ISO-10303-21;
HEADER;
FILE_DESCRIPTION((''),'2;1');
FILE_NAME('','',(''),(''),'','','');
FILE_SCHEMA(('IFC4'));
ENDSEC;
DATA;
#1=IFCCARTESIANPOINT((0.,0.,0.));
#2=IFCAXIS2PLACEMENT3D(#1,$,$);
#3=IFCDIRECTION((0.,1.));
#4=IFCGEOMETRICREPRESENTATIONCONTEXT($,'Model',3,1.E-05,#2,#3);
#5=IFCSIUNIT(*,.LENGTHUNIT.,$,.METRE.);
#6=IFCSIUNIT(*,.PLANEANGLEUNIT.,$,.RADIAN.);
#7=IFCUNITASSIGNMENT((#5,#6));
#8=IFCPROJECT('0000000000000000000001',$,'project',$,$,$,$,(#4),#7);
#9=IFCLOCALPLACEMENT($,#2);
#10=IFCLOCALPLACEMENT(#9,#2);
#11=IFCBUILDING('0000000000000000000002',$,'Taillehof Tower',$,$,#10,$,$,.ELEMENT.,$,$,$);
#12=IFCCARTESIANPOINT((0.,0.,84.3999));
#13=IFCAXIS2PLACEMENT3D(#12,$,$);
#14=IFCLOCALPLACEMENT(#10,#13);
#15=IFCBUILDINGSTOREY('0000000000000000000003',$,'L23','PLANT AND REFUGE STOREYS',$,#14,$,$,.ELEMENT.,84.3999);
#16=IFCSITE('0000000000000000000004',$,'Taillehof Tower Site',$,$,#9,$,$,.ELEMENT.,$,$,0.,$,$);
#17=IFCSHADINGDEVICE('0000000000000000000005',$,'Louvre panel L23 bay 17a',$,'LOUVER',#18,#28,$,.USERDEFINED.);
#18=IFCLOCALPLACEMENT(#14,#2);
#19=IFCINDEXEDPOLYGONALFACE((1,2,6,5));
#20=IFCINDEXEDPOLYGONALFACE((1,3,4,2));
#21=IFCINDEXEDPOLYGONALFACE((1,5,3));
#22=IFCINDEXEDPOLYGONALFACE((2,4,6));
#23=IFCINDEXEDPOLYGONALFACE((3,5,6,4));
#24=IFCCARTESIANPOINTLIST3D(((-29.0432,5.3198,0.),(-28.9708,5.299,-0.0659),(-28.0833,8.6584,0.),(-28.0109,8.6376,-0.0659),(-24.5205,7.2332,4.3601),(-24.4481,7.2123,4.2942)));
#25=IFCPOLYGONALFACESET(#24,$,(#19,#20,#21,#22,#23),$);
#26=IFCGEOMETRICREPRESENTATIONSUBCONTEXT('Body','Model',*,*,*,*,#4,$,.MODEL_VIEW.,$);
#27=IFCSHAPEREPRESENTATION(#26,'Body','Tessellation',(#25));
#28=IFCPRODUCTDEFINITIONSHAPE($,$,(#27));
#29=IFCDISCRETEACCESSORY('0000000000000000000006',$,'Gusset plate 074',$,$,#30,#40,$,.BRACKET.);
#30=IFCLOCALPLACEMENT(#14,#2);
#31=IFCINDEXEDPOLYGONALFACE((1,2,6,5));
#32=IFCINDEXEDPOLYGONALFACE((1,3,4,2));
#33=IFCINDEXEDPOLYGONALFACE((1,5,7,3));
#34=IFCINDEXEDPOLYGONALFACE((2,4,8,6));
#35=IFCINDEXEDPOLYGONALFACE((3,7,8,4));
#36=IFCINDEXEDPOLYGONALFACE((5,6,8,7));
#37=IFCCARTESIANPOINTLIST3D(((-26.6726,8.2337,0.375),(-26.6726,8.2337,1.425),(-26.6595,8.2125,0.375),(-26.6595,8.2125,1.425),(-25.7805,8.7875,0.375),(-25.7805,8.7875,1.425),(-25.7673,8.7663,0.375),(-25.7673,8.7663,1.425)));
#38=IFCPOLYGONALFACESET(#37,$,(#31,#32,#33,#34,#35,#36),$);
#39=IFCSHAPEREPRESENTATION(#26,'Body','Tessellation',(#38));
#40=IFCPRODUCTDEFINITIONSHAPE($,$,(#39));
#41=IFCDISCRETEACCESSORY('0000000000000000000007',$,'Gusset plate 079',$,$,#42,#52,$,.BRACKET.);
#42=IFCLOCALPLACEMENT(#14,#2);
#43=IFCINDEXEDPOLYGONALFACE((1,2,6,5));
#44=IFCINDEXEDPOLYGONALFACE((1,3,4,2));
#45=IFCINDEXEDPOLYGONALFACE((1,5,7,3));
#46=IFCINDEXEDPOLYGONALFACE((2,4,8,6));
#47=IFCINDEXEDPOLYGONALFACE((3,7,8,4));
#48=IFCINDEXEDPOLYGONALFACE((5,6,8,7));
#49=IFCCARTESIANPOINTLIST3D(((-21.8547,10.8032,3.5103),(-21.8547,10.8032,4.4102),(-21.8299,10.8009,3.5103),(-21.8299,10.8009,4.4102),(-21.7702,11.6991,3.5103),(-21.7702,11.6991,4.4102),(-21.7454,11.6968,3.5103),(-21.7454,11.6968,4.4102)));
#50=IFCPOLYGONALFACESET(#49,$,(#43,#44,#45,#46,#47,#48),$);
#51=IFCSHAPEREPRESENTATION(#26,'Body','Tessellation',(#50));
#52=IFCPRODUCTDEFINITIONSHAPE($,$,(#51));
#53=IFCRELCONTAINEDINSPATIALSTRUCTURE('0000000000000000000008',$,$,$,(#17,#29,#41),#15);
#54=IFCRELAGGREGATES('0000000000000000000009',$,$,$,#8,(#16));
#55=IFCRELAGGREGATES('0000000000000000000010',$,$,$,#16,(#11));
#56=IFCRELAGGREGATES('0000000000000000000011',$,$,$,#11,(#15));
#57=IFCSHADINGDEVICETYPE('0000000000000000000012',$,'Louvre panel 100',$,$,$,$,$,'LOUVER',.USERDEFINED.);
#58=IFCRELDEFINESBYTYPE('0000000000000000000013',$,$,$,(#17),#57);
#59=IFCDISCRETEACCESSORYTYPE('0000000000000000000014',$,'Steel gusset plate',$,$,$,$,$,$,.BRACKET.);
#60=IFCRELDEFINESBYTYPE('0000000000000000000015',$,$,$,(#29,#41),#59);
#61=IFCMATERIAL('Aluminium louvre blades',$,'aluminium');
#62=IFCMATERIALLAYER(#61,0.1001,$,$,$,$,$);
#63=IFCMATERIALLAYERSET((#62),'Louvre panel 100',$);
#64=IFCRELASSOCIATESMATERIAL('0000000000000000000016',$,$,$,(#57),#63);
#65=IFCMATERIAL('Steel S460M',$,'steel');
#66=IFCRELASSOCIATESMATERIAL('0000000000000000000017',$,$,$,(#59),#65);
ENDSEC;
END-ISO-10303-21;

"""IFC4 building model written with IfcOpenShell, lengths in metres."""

from ifc_helpers import new_model, si_unit, direction, frame, origin, origin_2d, place, context, subcontext, project, spatial, polyline, rectangle, outline, extrude, material, layer, layer_set, type_object, element, save


model = new_model("IFC4")

# Units and contexts
model_context = context("Model", 3, precision=1e-05, world=origin(), true_north=direction((0.0, 1.0)))
body_context = subcontext(model_context, "Body", "Model", "MODEL_VIEW")
ifc_project = project(units=[si_unit("LENGTHUNIT", "METRE"), si_unit("PLANEANGLEUNIT", "RADIAN")], contexts=[model_context])

# Site, building, storey
site_placement = place(None, origin())
site = spatial("IfcSite", under=ifc_project, at=site_placement, Name="Taillehof Tower Site", CompositionType="ELEMENT", RefElevation=0.0)
building_placement = place(site_placement, origin())
building = spatial("IfcBuilding", under=site, at=building_placement, Name="Taillehof Tower", CompositionType="ELEMENT")
storey_placement = place(building_placement, frame((0.0, 0.0, 84.3999)))
storey = spatial("IfcBuildingStorey", under=building, at=storey_placement, Name="L23", Description="PLANT AND REFUGE STOREYS", CompositionType="ELEMENT", Elevation=84.3999)

# Shading device
ifc_material_1 = material(Name="Aluminium louvre blades", Category="aluminium")
ifc_layer_1 = layer(ifc_material_1, 0.1001)
ifc_layer_set_1 = layer_set([ifc_layer_1], Name="Louvre panel 100")
shading_device_type = type_object("IfcShadingDeviceType", Name="Louvre panel 100", ElementType="LOUVER", PredefinedType="USERDEFINED", material=ifc_layer_set_1)
shading_device_1_placement = place(storey_placement, frame((-28.0833, 8.6584, 0.0), z_axis=(-0.723044, 0.207898, 0.658776), x_axis=(-0.276336, -0.961061, 0.0)))
element("IfcShadingDevice", 1, at=shading_device_1_placement, inside=storey, type_object=shading_device_type, Name="Louvre panel L23 bay 17a", ObjectType="LOUVER", PredefinedType="USERDEFINED", context=body_context, shape_type="SweptSolid", body=[
    extrude(outline(polyline([(0.0, 0.0), (3.4739, 0.0), (0.3853, 5.7954), (0.0, 0.0)])), origin(), (0.0, 0.0, -1.0), 0.1001),
])

# Discrete accessories
ifc_material_2 = material(Name="Steel S460M", Category="steel")
discrete_accessory_type = type_object("IfcDiscreteAccessoryType", Name="Steel gusset plate", PredefinedType="BRACKET", material=ifc_material_2)
discrete_accessory_1_placement = place(storey_placement, frame((-26.22, 8.5, 0.375), z_axis=(0.0, 0.0, 1.0), x_axis=(-0.849618, -0.527399, 0.0)))
element("IfcDiscreteAccessory", 2, at=discrete_accessory_1_placement, inside=storey, type_object=discrete_accessory_type, Name="Gusset plate 074", PredefinedType="BRACKET", context=body_context, shape_type="SweptSolid", body=[
    extrude(rectangle(XDim=1.05, YDim=0.0249, at=origin_2d()), origin(), (0.0, 0.0, 1.0), 1.05),
])
discrete_accessory_2_placement = place(storey_placement, frame((-21.8, 11.25, 3.5103), z_axis=(0.0, 0.0, 1.0), x_axis=(-0.093884, -0.995583, 0.0)))
element("IfcDiscreteAccessory", 3, at=discrete_accessory_2_placement, inside=storey, type_object=discrete_accessory_type, Name="Gusset plate 079", PredefinedType="BRACKET", context=body_context, shape_type="SweptSolid", body=[
    extrude(rectangle(XDim=0.8999, YDim=0.0249, at=origin_2d()), origin(), (0.0, 0.0, 1.0), 0.8999),
])

save(model, "model.ifc")
